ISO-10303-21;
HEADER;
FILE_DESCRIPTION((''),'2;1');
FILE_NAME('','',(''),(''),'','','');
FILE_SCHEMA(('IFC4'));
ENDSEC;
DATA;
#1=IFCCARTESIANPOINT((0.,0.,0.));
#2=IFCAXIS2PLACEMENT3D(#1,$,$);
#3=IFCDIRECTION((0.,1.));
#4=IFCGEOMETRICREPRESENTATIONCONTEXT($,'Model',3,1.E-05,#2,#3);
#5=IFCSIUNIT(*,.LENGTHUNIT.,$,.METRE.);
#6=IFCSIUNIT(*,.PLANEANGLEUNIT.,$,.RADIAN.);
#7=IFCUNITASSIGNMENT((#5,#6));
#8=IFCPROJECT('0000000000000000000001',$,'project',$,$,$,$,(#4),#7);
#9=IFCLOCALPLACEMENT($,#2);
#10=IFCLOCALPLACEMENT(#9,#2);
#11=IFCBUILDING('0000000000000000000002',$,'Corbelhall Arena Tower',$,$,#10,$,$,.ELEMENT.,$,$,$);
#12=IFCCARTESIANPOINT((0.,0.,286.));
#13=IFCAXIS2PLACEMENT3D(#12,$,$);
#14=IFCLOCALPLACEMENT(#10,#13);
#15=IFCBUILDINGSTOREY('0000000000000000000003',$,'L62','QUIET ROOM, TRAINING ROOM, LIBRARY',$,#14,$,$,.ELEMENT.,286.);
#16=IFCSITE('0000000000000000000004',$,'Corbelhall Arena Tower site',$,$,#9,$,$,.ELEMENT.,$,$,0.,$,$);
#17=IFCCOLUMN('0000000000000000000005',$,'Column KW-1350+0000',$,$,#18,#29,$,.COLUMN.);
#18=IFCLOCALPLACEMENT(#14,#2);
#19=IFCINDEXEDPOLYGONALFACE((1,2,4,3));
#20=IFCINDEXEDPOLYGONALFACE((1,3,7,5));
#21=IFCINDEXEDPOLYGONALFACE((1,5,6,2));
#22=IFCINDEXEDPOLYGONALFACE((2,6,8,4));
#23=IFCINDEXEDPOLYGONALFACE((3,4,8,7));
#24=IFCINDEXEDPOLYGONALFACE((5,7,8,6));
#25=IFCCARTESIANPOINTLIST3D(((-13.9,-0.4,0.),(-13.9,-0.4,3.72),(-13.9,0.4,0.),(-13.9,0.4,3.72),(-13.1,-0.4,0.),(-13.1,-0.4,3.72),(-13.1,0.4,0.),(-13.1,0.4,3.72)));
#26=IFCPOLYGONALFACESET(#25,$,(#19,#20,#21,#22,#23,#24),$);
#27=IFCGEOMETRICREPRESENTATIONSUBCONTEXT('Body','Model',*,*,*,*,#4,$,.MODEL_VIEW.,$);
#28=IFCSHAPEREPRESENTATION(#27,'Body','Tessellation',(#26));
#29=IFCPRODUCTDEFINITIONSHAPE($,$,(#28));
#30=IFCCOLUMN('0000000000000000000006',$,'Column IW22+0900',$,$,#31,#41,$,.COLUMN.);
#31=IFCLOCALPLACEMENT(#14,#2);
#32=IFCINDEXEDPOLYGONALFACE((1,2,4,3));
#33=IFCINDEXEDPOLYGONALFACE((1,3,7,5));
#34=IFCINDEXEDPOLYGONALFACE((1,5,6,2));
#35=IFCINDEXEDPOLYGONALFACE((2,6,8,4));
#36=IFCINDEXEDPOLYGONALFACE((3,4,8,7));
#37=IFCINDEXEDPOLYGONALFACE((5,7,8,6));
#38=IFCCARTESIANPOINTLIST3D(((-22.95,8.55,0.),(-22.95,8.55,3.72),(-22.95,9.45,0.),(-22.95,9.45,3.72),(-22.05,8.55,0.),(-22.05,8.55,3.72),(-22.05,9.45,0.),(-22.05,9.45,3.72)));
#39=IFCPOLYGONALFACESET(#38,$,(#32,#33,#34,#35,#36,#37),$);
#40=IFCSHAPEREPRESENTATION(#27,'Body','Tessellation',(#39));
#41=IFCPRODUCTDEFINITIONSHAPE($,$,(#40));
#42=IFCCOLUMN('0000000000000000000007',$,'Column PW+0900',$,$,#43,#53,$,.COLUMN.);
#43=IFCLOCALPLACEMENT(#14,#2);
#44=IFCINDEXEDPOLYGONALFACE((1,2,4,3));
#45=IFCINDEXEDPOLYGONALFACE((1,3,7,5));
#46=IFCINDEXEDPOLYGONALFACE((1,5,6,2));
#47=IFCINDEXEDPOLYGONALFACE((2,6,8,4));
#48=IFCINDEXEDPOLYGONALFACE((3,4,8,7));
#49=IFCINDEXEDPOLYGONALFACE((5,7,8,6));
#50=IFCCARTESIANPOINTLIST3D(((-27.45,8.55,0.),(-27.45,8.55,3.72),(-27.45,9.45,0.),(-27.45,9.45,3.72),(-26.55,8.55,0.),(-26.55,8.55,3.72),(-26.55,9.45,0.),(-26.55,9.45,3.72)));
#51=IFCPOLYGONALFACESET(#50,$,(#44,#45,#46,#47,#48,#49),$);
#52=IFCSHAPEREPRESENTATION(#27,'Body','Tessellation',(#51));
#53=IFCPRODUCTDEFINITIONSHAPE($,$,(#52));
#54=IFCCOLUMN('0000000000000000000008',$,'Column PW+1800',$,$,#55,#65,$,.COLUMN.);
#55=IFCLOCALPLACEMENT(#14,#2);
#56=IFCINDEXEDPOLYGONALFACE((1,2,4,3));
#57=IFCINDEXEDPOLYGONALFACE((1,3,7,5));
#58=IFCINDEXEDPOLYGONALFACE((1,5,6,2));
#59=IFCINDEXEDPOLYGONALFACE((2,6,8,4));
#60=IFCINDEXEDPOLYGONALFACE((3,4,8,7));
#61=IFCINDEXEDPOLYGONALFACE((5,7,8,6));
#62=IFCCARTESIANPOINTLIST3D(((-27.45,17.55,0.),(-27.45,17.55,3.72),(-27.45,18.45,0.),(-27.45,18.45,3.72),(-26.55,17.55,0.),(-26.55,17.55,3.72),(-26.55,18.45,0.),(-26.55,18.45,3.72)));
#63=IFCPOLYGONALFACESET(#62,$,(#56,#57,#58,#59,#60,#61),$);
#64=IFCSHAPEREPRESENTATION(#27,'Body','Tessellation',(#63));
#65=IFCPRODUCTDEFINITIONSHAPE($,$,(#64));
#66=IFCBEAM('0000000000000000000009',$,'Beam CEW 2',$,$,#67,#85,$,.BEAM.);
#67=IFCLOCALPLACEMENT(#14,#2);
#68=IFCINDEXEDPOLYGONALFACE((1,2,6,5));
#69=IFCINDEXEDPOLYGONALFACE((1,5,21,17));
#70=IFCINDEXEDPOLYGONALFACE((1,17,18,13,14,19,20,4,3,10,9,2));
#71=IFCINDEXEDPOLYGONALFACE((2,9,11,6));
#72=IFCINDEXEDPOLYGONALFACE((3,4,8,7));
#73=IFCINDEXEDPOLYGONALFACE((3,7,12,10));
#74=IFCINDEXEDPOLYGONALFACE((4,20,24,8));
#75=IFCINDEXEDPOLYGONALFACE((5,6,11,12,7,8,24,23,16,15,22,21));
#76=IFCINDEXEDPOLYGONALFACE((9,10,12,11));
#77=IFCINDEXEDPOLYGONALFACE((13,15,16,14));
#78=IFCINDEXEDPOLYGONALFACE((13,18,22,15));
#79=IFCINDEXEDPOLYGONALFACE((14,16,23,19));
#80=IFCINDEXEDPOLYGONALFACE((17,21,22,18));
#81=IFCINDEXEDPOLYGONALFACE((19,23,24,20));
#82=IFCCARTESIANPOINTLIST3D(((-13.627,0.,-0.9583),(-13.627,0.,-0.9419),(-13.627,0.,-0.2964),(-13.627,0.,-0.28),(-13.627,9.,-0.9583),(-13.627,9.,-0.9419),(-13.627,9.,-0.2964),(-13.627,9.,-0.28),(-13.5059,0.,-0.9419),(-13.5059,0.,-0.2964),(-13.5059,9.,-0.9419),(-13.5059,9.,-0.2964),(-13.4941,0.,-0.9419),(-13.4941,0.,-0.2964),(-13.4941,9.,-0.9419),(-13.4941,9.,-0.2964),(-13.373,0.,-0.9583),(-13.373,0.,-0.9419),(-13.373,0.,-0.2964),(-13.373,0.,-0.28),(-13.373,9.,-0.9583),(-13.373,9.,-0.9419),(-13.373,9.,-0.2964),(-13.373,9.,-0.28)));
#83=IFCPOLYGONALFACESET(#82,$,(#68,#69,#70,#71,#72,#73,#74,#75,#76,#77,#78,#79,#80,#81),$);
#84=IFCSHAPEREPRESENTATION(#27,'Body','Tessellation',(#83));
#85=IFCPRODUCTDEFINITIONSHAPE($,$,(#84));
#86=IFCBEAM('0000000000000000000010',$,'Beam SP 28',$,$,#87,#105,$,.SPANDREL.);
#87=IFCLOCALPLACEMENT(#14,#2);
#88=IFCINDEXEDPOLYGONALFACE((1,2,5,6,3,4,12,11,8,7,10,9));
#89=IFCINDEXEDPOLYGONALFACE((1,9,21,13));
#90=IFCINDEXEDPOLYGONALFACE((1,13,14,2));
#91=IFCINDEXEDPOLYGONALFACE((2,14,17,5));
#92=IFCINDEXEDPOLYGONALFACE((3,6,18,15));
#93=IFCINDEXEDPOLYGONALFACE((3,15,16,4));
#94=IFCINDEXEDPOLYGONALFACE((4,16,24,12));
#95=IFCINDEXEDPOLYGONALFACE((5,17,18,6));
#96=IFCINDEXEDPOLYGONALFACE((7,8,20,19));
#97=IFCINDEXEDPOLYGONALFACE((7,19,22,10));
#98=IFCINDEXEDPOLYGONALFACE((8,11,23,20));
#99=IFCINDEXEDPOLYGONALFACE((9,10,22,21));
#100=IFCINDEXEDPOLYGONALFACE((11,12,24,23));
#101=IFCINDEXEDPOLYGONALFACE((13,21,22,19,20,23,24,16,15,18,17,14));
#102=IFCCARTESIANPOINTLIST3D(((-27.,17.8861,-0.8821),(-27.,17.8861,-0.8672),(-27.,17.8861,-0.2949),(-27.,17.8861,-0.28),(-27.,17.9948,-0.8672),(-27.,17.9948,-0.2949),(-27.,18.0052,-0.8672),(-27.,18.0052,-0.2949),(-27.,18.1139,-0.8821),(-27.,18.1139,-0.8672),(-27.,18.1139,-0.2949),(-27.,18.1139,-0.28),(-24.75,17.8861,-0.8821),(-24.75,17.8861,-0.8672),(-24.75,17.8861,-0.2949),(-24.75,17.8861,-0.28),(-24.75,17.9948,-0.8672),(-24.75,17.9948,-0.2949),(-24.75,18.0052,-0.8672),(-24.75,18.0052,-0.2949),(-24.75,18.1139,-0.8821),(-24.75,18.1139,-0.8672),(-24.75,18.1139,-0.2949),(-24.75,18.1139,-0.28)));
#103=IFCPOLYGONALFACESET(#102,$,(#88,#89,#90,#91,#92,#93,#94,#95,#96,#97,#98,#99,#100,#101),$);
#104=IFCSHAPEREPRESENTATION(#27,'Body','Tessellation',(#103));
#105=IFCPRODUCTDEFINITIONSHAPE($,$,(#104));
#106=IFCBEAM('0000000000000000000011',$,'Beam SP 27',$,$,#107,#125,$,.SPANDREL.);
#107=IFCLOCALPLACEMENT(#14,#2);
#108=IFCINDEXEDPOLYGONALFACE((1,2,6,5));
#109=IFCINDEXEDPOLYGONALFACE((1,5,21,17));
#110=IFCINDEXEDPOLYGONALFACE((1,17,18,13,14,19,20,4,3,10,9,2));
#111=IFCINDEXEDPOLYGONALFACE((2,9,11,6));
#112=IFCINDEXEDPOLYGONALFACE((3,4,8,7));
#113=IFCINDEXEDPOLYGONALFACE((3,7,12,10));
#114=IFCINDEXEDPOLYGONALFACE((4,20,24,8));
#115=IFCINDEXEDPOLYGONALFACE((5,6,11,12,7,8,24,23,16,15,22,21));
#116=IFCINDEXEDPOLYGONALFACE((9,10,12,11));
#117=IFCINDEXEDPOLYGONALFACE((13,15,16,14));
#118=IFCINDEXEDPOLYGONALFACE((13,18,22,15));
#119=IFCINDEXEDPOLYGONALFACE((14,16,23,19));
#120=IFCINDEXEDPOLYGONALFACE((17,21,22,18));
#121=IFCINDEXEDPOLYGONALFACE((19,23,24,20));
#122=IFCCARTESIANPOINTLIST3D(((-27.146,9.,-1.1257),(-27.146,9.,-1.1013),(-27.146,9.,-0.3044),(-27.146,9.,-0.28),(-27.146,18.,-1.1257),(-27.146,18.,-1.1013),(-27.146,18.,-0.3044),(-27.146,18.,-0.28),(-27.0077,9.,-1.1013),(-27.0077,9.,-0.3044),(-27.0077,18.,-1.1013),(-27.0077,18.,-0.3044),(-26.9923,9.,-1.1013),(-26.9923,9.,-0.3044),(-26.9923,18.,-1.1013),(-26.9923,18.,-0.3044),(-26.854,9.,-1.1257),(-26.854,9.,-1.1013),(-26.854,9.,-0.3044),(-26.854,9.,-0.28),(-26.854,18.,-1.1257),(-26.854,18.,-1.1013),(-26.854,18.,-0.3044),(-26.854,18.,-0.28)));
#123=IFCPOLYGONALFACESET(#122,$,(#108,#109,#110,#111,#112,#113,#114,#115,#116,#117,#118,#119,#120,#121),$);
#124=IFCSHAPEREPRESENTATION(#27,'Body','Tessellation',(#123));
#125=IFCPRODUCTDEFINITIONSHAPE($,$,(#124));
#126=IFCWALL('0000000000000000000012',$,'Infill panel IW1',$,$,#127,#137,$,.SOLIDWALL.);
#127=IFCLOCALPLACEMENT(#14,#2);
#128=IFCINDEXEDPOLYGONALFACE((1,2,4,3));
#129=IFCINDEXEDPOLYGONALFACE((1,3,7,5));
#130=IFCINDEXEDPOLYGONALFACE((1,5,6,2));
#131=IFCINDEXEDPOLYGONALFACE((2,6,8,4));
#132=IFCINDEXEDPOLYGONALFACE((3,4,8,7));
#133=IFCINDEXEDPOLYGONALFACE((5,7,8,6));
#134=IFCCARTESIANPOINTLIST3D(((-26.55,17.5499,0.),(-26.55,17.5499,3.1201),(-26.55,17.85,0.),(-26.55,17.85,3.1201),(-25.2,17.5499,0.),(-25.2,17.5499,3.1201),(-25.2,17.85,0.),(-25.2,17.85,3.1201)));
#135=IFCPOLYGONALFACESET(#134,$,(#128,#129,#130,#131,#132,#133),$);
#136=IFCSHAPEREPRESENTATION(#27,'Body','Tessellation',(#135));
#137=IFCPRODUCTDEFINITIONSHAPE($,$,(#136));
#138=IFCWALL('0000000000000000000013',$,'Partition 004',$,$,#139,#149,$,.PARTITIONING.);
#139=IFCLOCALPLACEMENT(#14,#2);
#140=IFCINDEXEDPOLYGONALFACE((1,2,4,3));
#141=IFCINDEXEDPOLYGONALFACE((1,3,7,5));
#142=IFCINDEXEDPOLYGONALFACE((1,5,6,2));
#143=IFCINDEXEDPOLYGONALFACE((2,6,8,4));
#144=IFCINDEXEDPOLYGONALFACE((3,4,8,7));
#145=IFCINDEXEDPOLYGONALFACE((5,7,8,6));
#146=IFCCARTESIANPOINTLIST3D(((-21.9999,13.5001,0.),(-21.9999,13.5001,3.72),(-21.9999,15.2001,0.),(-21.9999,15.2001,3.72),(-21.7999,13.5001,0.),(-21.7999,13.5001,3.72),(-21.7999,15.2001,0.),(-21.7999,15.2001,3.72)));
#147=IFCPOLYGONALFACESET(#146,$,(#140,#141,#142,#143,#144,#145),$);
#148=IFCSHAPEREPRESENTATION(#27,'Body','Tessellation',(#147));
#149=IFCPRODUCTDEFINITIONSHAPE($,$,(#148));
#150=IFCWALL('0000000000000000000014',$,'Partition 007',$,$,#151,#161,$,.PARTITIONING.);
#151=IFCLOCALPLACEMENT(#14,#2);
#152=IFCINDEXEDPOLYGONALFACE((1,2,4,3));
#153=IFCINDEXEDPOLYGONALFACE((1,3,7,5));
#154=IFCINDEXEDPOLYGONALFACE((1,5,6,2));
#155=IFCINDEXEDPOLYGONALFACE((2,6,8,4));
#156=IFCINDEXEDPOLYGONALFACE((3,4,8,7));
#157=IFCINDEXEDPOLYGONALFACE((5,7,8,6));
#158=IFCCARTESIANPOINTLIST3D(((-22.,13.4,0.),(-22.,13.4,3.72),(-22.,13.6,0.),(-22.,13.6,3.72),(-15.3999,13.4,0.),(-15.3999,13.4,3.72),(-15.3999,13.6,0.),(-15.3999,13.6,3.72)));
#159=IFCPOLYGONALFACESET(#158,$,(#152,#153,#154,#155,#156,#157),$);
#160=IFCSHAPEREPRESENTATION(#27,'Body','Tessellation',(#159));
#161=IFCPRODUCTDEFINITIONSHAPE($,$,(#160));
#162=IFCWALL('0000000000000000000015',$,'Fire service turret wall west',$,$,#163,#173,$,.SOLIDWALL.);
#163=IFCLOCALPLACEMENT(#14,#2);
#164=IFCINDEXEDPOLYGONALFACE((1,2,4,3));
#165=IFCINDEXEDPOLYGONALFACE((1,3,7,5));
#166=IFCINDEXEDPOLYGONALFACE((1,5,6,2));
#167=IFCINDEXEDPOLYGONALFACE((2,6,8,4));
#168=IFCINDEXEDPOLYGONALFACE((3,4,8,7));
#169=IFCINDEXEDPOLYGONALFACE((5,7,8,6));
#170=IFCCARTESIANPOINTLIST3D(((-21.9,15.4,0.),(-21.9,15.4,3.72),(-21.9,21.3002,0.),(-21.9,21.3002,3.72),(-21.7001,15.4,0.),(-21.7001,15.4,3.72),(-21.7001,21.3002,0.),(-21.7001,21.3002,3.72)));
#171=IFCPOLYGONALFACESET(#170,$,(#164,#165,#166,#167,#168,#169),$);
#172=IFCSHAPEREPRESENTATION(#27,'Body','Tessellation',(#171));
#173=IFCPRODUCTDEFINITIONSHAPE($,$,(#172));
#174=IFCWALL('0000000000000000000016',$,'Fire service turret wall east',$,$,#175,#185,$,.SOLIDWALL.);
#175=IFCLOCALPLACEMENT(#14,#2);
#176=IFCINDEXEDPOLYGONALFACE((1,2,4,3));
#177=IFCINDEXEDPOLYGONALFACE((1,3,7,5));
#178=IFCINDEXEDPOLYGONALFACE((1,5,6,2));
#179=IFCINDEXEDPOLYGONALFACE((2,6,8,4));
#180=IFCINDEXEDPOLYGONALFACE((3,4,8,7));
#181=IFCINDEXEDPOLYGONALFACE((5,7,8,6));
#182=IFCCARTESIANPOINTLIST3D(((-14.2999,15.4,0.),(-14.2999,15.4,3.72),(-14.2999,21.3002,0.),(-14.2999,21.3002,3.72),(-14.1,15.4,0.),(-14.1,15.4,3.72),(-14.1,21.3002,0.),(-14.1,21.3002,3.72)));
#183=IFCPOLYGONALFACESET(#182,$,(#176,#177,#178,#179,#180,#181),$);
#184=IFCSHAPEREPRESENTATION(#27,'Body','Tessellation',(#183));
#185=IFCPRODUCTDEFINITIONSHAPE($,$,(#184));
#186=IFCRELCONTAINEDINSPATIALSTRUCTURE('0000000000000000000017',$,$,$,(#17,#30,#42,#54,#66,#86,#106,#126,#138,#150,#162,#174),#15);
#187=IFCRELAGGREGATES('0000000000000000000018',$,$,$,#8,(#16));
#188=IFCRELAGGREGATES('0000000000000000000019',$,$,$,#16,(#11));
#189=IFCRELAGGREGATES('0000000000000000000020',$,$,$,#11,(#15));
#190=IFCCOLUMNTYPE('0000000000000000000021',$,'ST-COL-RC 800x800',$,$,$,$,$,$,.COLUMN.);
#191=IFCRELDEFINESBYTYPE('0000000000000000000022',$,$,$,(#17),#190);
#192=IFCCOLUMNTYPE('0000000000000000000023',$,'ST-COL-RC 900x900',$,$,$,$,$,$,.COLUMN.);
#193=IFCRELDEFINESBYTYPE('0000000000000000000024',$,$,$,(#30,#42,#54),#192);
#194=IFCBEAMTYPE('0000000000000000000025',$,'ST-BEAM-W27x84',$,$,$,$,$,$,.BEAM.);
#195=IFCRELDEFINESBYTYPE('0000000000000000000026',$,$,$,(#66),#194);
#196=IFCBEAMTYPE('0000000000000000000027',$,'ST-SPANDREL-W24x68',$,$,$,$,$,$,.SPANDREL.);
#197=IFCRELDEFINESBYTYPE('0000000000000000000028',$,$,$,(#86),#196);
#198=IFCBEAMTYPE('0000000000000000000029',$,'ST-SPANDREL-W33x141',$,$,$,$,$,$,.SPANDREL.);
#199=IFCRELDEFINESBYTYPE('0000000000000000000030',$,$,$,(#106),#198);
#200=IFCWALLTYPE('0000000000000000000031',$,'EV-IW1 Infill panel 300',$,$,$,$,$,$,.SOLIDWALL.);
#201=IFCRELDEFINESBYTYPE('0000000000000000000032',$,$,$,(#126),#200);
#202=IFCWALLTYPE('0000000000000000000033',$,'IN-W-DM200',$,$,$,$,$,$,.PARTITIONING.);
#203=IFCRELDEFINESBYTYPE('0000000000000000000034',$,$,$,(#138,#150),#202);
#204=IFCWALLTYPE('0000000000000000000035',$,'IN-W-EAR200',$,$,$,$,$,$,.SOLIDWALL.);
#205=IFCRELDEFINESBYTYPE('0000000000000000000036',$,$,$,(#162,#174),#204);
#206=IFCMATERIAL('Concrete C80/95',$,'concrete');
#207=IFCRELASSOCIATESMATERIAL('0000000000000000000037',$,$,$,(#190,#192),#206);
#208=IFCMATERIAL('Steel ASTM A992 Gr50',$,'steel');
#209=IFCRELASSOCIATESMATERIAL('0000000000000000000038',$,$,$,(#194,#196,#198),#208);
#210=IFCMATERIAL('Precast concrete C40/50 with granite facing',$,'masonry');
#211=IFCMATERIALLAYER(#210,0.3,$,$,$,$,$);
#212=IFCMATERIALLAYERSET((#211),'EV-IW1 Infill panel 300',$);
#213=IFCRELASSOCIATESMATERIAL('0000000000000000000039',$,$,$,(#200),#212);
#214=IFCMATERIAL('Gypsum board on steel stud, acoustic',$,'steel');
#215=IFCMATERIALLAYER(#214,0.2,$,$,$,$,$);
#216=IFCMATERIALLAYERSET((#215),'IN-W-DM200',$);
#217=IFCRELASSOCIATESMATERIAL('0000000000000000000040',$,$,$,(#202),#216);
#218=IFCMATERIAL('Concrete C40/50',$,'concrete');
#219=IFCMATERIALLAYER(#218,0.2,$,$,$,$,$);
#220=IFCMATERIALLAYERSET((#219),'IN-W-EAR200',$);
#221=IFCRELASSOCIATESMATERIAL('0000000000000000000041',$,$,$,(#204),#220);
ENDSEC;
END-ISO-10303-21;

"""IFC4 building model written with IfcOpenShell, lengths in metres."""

from ifc_helpers import new_model, si_unit, direction, frame, frame_2d, origin, origin_2d, place, context, subcontext, project, spatial, rectangle, i_section, extrude, material, layer, layer_set, material_profile, profile_set, type_object, element, save


model = new_model("IFC4")

# Units and contexts
model_context = context("Model", 3, precision=1e-05, world=origin(), true_north=direction((0.0, 1.0)))
body_context = subcontext(model_context, "Body", "Model", "MODEL_VIEW")
ifc_project = project(units=[si_unit("LENGTHUNIT", "METRE"), si_unit("PLANEANGLEUNIT", "RADIAN")], contexts=[model_context])

# Site, building, storey
site_placement = place(None, origin())
site = spatial("IfcSite", under=ifc_project, at=site_placement, Name="Corbelhall Arena Tower site", CompositionType="ELEMENT", RefElevation=0.0)
building_placement = place(site_placement, origin())
building = spatial("IfcBuilding", under=site, at=building_placement, Name="Corbelhall Arena Tower", CompositionType="ELEMENT")
storey_placement = place(building_placement, frame((0.0, 0.0, 286.0)))
storey = spatial("IfcBuildingStorey", under=building, at=storey_placement, Name="L62", Description="QUIET ROOM, TRAINING ROOM, LIBRARY", CompositionType="ELEMENT", Elevation=286.0)

# Columns
ifc_material_1 = material(Name="Concrete C80/95", Category="concrete")
ifc_material_profile_1 = material_profile(ifc_material_1, rectangle(XDim=0.8, YDim=0.8, at=origin_2d()))
ifc_profile_set_1 = profile_set([ifc_material_profile_1], Name="Concrete C80/95")
column_type_1 = type_object("IfcColumnType", Name="ST-COL-RC 800x800", PredefinedType="COLUMN", material=ifc_profile_set_1)
column_placement = place(storey_placement, frame((-13.5, 0.0, 0.0), z_axis=(0.0, 0.0, 1.0), x_axis=(1.0, 0.0, 0.0)))
element("IfcColumn", 1, at=column_placement, inside=storey, type_object=column_type_1, Name="Column KW-1350+0000", PredefinedType="COLUMN", context=body_context, shape_type="SweptSolid", body=[
    extrude(rectangle(XDim=0.8, YDim=0.8, at=origin_2d()), origin(), (0.0, 0.0, 1.0), 3.72),
])
ifc_material_profile_2 = material_profile(ifc_material_1, rectangle(XDim=0.8999, YDim=0.8999, at=origin_2d()))
ifc_profile_set_2 = profile_set([ifc_material_profile_2], Name="Concrete C80/95")
column_type_2 = type_object("IfcColumnType", Name="ST-COL-RC 900x900", PredefinedType="COLUMN", material=ifc_profile_set_2)
for number, where, z_axis, x_axis, name in (
    (2, (-22.5, 9.0, 0.0), (0.0, 0.0, 1.0), (1.0, 0.0, 0.0), "Column IW22+0900"),
    (3, (-27.0, 9.0, 0.0), (0.0, 0.0, 1.0), (0.0, 1.0, 0.0), "Column PW+0900"),
    (4, (-27.0, 18.0, 0.0), (0.0, 0.0, 1.0), (0.0, 1.0, 0.0), "Column PW+1800"),
):
    element("IfcColumn", number, at=place(storey_placement, frame(where, z_axis=z_axis, x_axis=x_axis)), inside=storey, type_object=column_type_2, Name=name, PredefinedType="COLUMN", context=body_context, shape_type="SweptSolid", body=[
        extrude(rectangle(XDim=0.8999, YDim=0.8999, at=origin_2d()), origin(), (0.0, 0.0, 1.0), 3.72),
    ])

# Beams
ifc_material_2 = material(Name="Steel ASTM A992 Gr50", Category="steel")
ifc_material_profile_3 = material_profile(ifc_material_2, i_section(OverallWidth=0.2539, OverallDepth=0.6782, WebThickness=0.0117, FlangeThickness=0.0164, at=origin_2d()))
ifc_profile_set_3 = profile_set([ifc_material_profile_3], Name="Steel ASTM A992 Gr50")
beam_type_1 = type_object("IfcBeamType", Name="ST-BEAM-W27x84", PredefinedType="BEAM", material=ifc_profile_set_3)
beam_1_placement = place(storey_placement, frame((-13.5, 0.0, -0.6191), z_axis=(0.0, 1.0, 0.0), x_axis=(-1.0, 0.0, 0.0)))
element("IfcBeam", 5, at=beam_1_placement, inside=storey, type_object=beam_type_1, Name="Beam CEW 2", PredefinedType="BEAM", context=body_context, shape_type="SweptSolid", body=[
    extrude(i_section(OverallWidth=0.2539, OverallDepth=0.6782, WebThickness=0.0117, FlangeThickness=0.0164, at=origin_2d()), origin(), (0.0, 0.0, 1.0), 9.0),
])
ifc_material_profile_4 = material_profile(ifc_material_2, i_section(OverallWidth=0.2278, OverallDepth=0.6021, WebThickness=0.0105, FlangeThickness=0.0149, at=origin_2d()))
ifc_profile_set_4 = profile_set([ifc_material_profile_4], Name="Steel ASTM A992 Gr50")
beam_type_2 = type_object("IfcBeamType", Name="ST-SPANDREL-W24x68", PredefinedType="SPANDREL", material=ifc_profile_set_4)
beam_2_placement = place(storey_placement, frame((-27.0, 18.0, -0.5811), z_axis=(1.0, 0.0, 0.0), x_axis=(0.0, 1.0, 0.0)))
element("IfcBeam", 6, at=beam_2_placement, inside=storey, type_object=beam_type_2, Name="Beam SP 28", PredefinedType="SPANDREL", context=body_context, shape_type="SweptSolid", body=[
    extrude(i_section(OverallWidth=0.2278, OverallDepth=0.6021, WebThickness=0.0105, FlangeThickness=0.0149, at=origin_2d()), origin(), (0.0, 0.0, 1.0), 2.25),
])
ifc_material_profile_5 = material_profile(ifc_material_2, i_section(OverallWidth=0.292, OverallDepth=0.8457, WebThickness=0.0154, FlangeThickness=0.0244, at=origin_2d()))
ifc_profile_set_5 = profile_set([ifc_material_profile_5], Name="Steel ASTM A992 Gr50")
beam_type_3 = type_object("IfcBeamType", Name="ST-SPANDREL-W33x141", PredefinedType="SPANDREL", material=ifc_profile_set_5)
beam_3_placement = place(storey_placement, frame((-27.0, 9.0, -0.7029), z_axis=(0.0, 1.0, 0.0), x_axis=(-1.0, 0.0, 0.0)))
element("IfcBeam", 7, at=beam_3_placement, inside=storey, type_object=beam_type_3, Name="Beam SP 27", PredefinedType="SPANDREL", context=body_context, shape_type="SweptSolid", body=[
    extrude(i_section(OverallWidth=0.292, OverallDepth=0.8457, WebThickness=0.0154, FlangeThickness=0.0244, at=origin_2d()), origin(), (0.0, 0.0, 1.0), 9.0),
])

# Wall
ifc_material_3 = material(Name="Precast concrete C40/50 with granite facing", Category="masonry")
ifc_layer_1 = layer(ifc_material_3, 0.3)
ifc_layer_set_1 = layer_set([ifc_layer_1], Name="EV-IW1 Infill panel 300")
wall_type_1 = type_object("IfcWallType", Name="EV-IW1 Infill panel 300", PredefinedType="SOLIDWALL", material=ifc_layer_set_1)
wall_1_placement = place(storey_placement, frame((-25.2, 17.7, 0.0), z_axis=(0.0, 0.0, 1.0), x_axis=(-1.0, 0.0, 0.0)))
element("IfcWall", 8, at=wall_1_placement, inside=storey, type_object=wall_type_1, Name="Infill panel IW1", PredefinedType="SOLIDWALL", context=body_context, shape_type="SweptSolid", body=[
    extrude(rectangle(XDim=1.3501, YDim=0.3, at=frame_2d((0.675, 0.0))), origin(), (0.0, 0.0, 1.0), 3.1201),
])

# Walls
ifc_material_4 = material(Name="Gypsum board on steel stud, acoustic", Category="steel")
ifc_layer_2 = layer(ifc_material_4, 0.2)
ifc_layer_set_2 = layer_set([ifc_layer_2], Name="IN-W-DM200")
wall_type_2 = type_object("IfcWallType", Name="IN-W-DM200", PredefinedType="PARTITIONING", material=ifc_layer_set_2)
wall_2_placement = place(storey_placement, frame((-21.8999, 13.5, 0.0), z_axis=(0.0, 0.0, 1.0), x_axis=(0.0, 1.0, 0.0)))
element("IfcWall", 9, at=wall_2_placement, inside=storey, type_object=wall_type_2, Name="Partition 004", PredefinedType="PARTITIONING", context=body_context, shape_type="SweptSolid", body=[
    extrude(rectangle(XDim=1.7, YDim=0.2, at=frame_2d((0.8501, 0.0))), origin(), (0.0, 0.0, 1.0), 3.72),
])
wall_3_placement = place(storey_placement, frame((-15.3999, 13.5, 0.0), z_axis=(0.0, 0.0, 1.0), x_axis=(-1.0, 0.0, 0.0)))
element("IfcWall", 10, at=wall_3_placement, inside=storey, type_object=wall_type_2, Name="Partition 007", PredefinedType="PARTITIONING", context=body_context, shape_type="SweptSolid", body=[
    extrude(rectangle(XDim=6.6001, YDim=0.2, at=frame_2d((3.3, 0.0))), origin(), (0.0, 0.0, 1.0), 3.72),
])

# Shared definitions
ifc_material_5 = material(Name="Concrete C40/50", Category="concrete")
ifc_layer_3 = layer(ifc_material_5, 0.2)
ifc_layer_set_3 = layer_set([ifc_layer_3], Name="IN-W-EAR200")
wall_type_3 = type_object("IfcWallType", Name="IN-W-EAR200", PredefinedType="SOLIDWALL", material=ifc_layer_set_3)

# Walls
for number, where, z_axis, x_axis, name in (
    (11, (-21.8, 15.3999, 0.0), (0.0, 0.0, 1.0), (0.0, 1.0, 0.0), "Fire service turret wall west"),
    (12, (-14.2, 15.3999, 0.0), (0.0, 0.0, 1.0), (0.0, 1.0, 0.0), "Fire service turret wall east"),
):
    element("IfcWall", number, at=place(storey_placement, frame(where, z_axis=z_axis, x_axis=x_axis)), inside=storey, type_object=wall_type_3, Name=name, PredefinedType="SOLIDWALL", context=body_context, shape_type="SweptSolid", body=[
        extrude(rectangle(XDim=5.9001, YDim=0.2, at=frame_2d((2.9502, 0.0))), origin(), (0.0, 0.0, 1.0), 3.72),
    ])

save(model, "model.ifc")
